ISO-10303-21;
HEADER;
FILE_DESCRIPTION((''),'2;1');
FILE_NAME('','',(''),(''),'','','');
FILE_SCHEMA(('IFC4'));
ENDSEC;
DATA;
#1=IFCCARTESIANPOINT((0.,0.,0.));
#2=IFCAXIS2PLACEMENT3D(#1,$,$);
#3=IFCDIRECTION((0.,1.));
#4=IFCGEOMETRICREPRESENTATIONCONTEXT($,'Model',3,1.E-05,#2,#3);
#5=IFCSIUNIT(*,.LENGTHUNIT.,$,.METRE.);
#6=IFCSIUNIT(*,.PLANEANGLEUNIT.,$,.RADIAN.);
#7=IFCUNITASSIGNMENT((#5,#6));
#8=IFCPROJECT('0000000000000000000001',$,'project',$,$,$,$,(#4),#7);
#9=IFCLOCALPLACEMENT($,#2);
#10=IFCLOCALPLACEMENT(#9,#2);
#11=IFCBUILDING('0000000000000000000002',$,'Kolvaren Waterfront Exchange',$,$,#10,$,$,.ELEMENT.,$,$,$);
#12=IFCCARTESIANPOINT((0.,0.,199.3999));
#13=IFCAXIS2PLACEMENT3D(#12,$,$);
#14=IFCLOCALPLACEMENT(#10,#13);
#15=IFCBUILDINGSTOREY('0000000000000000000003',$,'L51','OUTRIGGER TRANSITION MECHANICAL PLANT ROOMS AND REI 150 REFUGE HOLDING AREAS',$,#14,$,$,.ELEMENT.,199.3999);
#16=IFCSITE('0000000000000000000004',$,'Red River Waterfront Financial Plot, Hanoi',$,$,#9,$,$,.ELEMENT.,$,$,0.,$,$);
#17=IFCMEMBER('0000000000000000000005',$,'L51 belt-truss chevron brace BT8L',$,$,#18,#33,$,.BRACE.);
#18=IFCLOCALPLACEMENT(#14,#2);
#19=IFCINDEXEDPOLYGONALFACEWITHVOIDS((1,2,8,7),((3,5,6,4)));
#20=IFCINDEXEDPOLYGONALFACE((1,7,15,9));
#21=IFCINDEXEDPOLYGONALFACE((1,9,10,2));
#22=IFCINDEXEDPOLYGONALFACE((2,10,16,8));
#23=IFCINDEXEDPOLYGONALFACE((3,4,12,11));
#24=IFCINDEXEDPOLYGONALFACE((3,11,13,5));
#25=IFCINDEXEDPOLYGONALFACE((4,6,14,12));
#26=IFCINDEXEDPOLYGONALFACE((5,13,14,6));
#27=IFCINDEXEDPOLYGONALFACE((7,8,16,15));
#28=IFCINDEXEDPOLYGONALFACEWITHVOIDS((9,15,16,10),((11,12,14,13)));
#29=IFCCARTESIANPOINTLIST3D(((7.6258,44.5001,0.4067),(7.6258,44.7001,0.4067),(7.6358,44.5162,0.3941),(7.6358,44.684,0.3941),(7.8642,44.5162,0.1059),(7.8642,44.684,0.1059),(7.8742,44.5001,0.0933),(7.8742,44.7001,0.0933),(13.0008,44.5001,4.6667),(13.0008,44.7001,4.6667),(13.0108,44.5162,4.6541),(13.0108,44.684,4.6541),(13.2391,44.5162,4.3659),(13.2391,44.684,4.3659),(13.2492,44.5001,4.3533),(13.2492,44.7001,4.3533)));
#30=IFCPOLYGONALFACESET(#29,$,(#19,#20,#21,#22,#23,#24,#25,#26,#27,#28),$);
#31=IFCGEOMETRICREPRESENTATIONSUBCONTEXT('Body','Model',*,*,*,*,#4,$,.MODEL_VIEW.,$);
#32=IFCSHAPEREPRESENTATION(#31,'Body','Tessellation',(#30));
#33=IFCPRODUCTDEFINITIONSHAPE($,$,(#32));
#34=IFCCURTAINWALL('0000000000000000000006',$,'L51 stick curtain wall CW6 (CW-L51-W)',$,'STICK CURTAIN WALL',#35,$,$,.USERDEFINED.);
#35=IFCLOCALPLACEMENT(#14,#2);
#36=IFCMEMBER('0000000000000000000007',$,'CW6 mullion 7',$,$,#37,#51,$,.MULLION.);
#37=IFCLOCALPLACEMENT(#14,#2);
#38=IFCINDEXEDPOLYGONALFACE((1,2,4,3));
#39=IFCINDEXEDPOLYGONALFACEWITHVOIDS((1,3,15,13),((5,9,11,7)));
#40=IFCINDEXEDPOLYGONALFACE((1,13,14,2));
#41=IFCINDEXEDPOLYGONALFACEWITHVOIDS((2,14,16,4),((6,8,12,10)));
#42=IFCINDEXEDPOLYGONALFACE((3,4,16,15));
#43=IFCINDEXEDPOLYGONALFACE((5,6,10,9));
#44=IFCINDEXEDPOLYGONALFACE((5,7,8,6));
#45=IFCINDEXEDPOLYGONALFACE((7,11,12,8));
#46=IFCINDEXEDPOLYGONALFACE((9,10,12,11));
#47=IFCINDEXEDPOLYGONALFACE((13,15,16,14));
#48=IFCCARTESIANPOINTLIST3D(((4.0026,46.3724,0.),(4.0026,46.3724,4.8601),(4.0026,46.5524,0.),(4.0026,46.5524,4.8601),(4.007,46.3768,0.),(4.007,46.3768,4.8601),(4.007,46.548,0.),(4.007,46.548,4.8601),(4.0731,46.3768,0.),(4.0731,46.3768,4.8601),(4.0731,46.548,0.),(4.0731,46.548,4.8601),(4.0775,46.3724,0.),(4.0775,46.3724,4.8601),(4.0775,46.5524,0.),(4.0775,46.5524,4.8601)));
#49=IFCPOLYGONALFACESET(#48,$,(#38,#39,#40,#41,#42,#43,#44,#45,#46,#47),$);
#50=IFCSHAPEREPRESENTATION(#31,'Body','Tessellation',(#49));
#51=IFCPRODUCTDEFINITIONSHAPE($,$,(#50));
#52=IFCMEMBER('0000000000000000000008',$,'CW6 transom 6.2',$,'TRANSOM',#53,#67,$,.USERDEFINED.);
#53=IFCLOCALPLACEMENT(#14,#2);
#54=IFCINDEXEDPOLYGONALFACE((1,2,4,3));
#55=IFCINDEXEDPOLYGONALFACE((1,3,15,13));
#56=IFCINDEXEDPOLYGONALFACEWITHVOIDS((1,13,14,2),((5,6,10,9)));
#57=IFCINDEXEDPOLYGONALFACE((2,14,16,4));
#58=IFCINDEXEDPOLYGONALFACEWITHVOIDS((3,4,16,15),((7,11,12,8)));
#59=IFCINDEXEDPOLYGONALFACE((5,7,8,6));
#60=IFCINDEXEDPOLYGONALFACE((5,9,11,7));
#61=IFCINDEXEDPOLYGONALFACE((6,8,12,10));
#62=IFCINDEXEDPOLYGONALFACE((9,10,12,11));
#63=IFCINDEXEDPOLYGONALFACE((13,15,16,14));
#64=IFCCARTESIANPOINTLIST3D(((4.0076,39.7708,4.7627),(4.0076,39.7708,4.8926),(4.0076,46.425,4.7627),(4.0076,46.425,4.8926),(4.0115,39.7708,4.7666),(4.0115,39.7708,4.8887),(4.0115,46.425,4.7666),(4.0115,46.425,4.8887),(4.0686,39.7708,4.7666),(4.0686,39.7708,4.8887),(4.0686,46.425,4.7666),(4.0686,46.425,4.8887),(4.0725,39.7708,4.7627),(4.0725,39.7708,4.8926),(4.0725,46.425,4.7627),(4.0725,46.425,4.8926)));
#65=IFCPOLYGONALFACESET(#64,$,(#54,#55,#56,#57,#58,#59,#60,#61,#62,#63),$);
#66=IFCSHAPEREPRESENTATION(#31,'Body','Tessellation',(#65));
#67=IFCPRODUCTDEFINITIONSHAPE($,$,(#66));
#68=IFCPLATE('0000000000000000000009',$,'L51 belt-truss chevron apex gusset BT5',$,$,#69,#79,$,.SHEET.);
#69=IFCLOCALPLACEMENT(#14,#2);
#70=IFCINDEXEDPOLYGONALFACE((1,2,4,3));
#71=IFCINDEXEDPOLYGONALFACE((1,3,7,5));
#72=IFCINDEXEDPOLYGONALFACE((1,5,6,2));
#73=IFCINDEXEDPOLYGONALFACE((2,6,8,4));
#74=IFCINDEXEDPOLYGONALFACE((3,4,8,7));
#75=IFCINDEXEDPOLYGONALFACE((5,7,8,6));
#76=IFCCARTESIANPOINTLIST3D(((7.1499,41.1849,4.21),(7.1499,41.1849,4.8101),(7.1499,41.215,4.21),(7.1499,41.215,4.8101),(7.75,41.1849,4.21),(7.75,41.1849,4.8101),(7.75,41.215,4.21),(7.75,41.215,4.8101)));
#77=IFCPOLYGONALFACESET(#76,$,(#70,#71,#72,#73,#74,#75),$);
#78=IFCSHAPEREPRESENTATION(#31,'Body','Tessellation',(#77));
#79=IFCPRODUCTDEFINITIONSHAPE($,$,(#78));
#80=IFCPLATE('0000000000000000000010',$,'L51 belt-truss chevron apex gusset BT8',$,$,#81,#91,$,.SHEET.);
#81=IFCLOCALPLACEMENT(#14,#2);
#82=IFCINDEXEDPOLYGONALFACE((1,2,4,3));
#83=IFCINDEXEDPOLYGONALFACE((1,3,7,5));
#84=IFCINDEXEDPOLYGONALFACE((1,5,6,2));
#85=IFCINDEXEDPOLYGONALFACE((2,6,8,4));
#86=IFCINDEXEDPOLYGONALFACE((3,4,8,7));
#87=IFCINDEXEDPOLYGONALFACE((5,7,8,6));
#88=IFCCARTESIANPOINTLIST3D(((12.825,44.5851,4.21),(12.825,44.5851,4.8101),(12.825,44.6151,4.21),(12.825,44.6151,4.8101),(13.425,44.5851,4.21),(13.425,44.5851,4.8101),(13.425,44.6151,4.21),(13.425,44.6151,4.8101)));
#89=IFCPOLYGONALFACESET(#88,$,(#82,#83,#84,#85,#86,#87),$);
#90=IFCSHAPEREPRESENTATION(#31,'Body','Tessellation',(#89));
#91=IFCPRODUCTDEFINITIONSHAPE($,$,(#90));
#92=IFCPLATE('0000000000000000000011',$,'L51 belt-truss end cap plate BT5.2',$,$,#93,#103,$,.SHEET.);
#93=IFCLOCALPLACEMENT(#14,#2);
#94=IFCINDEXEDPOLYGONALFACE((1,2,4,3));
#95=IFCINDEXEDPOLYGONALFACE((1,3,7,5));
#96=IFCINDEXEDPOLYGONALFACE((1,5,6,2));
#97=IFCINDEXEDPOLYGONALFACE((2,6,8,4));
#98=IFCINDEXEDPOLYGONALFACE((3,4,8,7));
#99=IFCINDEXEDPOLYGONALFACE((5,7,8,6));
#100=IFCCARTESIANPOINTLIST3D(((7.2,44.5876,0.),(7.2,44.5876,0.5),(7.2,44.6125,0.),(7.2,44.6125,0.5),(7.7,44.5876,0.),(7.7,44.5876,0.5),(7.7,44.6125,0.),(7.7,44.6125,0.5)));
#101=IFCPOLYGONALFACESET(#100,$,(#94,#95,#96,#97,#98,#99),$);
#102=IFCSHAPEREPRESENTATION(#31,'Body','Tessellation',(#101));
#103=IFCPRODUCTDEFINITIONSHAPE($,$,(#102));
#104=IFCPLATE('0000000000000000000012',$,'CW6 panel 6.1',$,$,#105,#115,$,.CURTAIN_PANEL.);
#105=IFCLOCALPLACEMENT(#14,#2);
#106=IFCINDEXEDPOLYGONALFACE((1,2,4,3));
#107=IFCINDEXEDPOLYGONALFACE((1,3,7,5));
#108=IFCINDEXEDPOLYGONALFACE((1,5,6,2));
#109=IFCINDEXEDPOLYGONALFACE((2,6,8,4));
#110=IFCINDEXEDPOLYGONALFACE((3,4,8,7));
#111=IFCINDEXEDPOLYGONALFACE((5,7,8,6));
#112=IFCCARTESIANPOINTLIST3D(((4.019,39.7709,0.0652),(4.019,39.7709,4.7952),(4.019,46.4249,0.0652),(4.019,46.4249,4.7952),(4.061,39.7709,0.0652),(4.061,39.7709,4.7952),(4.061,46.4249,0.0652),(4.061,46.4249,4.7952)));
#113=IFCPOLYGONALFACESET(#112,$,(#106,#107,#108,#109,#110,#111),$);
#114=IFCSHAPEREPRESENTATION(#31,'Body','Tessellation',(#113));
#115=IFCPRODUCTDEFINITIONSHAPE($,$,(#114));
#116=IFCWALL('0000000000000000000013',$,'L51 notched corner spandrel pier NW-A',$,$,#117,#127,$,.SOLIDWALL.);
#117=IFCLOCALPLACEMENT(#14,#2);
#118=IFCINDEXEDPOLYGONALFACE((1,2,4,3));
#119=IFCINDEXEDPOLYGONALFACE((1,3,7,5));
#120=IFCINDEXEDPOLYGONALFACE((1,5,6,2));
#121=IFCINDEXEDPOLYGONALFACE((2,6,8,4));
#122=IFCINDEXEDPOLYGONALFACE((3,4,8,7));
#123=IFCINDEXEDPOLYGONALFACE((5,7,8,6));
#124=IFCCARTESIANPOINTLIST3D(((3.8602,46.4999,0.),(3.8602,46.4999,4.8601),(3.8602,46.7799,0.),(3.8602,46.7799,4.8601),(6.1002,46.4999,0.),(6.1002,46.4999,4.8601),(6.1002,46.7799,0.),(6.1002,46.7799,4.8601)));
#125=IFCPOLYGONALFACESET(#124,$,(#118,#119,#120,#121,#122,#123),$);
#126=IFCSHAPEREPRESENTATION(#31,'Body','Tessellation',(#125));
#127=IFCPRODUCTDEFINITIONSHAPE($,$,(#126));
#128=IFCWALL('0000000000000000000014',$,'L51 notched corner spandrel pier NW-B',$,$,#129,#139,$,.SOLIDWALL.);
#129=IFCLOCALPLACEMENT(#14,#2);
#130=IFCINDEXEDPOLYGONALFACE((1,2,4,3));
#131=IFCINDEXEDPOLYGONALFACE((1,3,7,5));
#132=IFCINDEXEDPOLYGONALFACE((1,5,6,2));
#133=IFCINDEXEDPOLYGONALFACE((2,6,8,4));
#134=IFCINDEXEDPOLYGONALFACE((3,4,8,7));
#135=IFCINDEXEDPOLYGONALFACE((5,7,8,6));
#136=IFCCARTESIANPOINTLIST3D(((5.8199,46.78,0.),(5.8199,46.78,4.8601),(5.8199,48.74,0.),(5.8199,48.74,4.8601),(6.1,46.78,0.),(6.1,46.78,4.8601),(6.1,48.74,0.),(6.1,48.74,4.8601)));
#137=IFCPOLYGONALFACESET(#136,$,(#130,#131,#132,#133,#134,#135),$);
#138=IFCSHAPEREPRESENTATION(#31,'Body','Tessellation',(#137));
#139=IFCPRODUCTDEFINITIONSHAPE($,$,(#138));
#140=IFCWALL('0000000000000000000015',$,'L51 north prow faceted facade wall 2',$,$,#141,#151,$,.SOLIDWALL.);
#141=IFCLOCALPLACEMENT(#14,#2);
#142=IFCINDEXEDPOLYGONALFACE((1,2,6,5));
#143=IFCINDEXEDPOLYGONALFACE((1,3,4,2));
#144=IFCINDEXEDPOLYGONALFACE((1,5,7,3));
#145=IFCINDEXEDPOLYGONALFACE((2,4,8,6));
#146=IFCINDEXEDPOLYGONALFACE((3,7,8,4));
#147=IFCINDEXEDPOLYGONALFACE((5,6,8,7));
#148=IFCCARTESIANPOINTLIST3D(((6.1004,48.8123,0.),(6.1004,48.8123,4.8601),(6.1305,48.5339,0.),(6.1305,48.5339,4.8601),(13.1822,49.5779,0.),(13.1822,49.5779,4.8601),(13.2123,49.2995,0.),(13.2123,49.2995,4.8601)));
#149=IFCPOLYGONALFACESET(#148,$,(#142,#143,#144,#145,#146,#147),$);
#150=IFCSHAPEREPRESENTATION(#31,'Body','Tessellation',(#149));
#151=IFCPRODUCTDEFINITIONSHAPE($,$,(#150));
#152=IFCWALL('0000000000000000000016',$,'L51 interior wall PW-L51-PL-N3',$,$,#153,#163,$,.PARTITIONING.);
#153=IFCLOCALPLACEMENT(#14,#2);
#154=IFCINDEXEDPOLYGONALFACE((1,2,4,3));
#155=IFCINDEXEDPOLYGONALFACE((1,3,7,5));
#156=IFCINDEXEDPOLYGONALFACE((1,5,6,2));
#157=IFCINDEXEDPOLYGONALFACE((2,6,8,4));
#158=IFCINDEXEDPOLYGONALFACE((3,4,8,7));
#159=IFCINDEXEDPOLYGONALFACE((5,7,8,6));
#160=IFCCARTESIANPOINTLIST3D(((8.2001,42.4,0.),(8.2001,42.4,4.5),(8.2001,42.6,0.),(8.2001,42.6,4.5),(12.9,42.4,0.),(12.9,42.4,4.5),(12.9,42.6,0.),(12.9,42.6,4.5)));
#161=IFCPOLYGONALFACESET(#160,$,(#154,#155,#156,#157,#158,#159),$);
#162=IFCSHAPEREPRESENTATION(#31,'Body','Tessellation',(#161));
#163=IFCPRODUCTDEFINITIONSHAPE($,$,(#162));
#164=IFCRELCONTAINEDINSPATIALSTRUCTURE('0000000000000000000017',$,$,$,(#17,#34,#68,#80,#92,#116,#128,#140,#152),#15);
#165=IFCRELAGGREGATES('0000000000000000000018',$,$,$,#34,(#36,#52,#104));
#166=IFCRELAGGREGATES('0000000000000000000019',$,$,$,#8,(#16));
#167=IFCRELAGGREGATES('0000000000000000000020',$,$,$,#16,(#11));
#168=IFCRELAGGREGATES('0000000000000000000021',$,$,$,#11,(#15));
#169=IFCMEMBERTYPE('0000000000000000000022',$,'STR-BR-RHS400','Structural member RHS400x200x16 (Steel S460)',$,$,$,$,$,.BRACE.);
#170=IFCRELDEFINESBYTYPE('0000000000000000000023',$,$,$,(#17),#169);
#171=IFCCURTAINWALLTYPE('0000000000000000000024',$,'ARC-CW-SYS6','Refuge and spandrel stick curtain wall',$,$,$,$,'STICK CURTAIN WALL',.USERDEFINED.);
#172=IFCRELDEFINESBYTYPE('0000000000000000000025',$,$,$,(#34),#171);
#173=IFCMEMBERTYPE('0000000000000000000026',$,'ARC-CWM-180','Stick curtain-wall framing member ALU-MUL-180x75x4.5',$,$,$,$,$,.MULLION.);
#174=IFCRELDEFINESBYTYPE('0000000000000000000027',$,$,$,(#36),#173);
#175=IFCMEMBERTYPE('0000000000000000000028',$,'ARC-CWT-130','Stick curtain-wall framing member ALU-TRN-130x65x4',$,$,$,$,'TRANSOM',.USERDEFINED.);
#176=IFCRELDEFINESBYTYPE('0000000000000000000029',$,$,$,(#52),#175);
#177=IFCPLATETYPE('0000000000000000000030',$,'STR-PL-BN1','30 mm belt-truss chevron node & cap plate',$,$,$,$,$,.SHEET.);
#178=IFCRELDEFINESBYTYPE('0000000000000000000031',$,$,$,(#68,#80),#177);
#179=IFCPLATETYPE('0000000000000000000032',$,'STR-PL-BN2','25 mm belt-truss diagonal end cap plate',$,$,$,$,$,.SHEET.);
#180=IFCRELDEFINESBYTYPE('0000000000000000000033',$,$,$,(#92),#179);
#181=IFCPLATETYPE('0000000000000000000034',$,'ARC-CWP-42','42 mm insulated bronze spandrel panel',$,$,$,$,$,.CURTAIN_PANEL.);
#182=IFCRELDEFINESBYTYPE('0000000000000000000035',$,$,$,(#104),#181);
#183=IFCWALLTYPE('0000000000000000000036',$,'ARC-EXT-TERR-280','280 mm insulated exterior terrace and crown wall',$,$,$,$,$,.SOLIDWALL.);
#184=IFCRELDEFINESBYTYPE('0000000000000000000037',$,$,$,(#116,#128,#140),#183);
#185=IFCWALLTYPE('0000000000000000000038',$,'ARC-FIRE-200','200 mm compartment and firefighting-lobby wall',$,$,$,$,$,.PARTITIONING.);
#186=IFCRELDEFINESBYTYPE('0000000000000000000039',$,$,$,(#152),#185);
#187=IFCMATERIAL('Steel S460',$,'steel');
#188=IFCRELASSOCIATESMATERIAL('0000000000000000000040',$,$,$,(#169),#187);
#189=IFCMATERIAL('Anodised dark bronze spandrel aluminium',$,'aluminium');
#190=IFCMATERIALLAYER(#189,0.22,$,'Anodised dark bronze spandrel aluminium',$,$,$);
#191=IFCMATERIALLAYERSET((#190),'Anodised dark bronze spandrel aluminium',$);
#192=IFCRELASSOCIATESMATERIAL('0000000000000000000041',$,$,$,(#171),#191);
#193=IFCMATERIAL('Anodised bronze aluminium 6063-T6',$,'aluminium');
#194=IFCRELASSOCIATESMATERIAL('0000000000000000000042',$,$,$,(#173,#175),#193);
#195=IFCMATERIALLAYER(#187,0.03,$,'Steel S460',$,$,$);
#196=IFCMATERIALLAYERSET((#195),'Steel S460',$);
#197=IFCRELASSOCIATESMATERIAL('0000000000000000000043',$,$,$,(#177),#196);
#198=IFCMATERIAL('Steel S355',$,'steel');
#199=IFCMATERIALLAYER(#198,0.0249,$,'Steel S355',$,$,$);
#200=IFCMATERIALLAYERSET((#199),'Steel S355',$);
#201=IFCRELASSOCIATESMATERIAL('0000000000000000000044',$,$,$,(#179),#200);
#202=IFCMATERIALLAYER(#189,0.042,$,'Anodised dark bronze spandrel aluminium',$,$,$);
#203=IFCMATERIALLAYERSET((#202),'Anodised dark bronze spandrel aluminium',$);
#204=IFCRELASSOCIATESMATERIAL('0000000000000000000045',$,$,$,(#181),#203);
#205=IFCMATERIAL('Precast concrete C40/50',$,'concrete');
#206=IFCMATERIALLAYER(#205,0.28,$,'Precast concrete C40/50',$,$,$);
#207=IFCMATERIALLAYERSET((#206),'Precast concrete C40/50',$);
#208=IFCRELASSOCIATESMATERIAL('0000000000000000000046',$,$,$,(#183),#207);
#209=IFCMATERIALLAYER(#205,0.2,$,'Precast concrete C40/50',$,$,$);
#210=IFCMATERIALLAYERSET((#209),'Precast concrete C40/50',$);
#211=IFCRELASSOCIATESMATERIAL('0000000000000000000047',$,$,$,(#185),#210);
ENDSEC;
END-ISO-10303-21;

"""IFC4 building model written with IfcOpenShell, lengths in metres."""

from ifc_helpers import new_model, si_unit, direction, frame, frame_2d, origin, origin_with_axes, origin_2d, place, context, subcontext, project, spatial, rectangle, hollow_rectangle, extrude, source, transform, mapped, material, layer, layer_set, material_profile, profile_set, type_object, element, aggregate, save


model = new_model("IFC4")

# Units and contexts
model_context = context("Model", 3, precision=1e-05, world=origin(), true_north=direction((0.0, 1.0)))
body_context = subcontext(model_context, "Body", "Model", "MODEL_VIEW")
ifc_project = project(units=[si_unit("LENGTHUNIT", "METRE"), si_unit("PLANEANGLEUNIT", "RADIAN")], contexts=[model_context])

# Site, building, storey
site_placement = place(None, origin())
site = spatial("IfcSite", under=ifc_project, at=site_placement, Name="Red River Waterfront Financial Plot, Hanoi", CompositionType="ELEMENT", RefElevation=0.0)
building_placement = place(site_placement, origin())
building = spatial("IfcBuilding", under=site, at=building_placement, Name="Kolvaren Waterfront Exchange", CompositionType="ELEMENT")
storey_placement = place(building_placement, frame((0.0, 0.0, 199.3999)))
storey = spatial("IfcBuildingStorey", under=building, at=storey_placement, Name="L51", Description="OUTRIGGER TRANSITION MECHANICAL PLANT ROOMS AND REI 150 REFUGE HOLDING AREAS", CompositionType="ELEMENT", Elevation=199.3999)

# Shared definitions
ifc_material_1 = material(Name="Steel S355", Category="steel")

# Member
ifc_material_2 = material(Name="Steel S460", Category="steel")
ifc_material_profile_1 = material_profile(ifc_material_2, hollow_rectangle(XDim=0.2, YDim=0.3999, WallThickness=0.0161, at=origin_2d()), Name="RHS400x200x16")
ifc_profile_set_1 = profile_set([ifc_material_profile_1], Name="Steel S460")
member_type_1 = type_object("IfcMemberType", Name="STR-BR-RHS400", Description="Structural member RHS400x200x16 (Steel S460)", PredefinedType="BRACE", material=ifc_profile_set_1)
member_1_placement = place(storey_placement, frame((7.75, 44.6001, 0.25), z_axis=(0.783705, 0.0, 0.621133), x_axis=(0.0, 1.0, 0.0)))
element("IfcMember", 1, at=member_1_placement, inside=storey, type_object=member_type_1, Name="L51 belt-truss chevron brace BT8L", PredefinedType="BRACE", context=body_context, shape_type="SweptSolid", body=[
    extrude(hollow_rectangle(XDim=0.2, YDim=0.3999, WallThickness=0.0161, at=origin_2d()), origin(), (0.0, 0.0, 1.0), 6.8584),
])

# Curtain wall, members
ifc_material_3 = material(Name="Anodised dark bronze spandrel aluminium", Category="aluminium")
ifc_layer_1 = layer(ifc_material_3, 0.22, Name="Anodised dark bronze spandrel aluminium")
ifc_layer_set_1 = layer_set([ifc_layer_1], Name="Anodised dark bronze spandrel aluminium")
curtain_wall_type = type_object("IfcCurtainWallType", Name="ARC-CW-SYS6", Description="Refuge and spandrel stick curtain wall", ElementType="STICK CURTAIN WALL", PredefinedType="USERDEFINED", material=ifc_layer_set_1)
curtain_wall_placement = place(storey_placement, origin())
curtain_wall = element("IfcCurtainWall", 2, at=curtain_wall_placement, inside=storey, type_object=curtain_wall_type, Name="L51 stick curtain wall CW6 (CW-L51-W)", ObjectType="STICK CURTAIN WALL", PredefinedType="USERDEFINED")
ifc_material_4 = material(Name="Anodised bronze aluminium 6063-T6", Category="aluminium")
ifc_material_profile_2 = material_profile(ifc_material_4, hollow_rectangle(XDim=0.075, YDim=0.1799, WallThickness=0.0044, at=origin_2d()), Name="ALU-MUL-180x75x4.5")
ifc_profile_set_2 = profile_set([ifc_material_profile_2], Name="Anodised bronze aluminium 6063-T6")
member_type_2 = type_object("IfcMemberType", Name="ARC-CWM-180", Description="Stick curtain-wall framing member ALU-MUL-180x75x4.5", PredefinedType="MULLION", material=ifc_profile_set_2)
shared_shape_1 = source(origin_with_axes(), body_context, "Body", "SweptSolid", [
    extrude(hollow_rectangle(XDim=0.075, YDim=0.1799, WallThickness=0.0044, at=origin_2d()), origin(), (0.0, 0.0, 1.0), 4.8601),
])
member_2_placement = place(storey_placement, frame((4.04, 46.4624, 0.0), z_axis=(0.0, 0.0, 1.0), x_axis=(-1.0, 0.0, 0.0)))
member_2 = element("IfcMember", 3, at=member_2_placement, type_object=member_type_2, Name="CW6 mullion 7", PredefinedType="MULLION", context=body_context, shape_type="MappedRepresentation", body=[
    mapped(shared_shape_1, transform((0.0, 0.0, 0.0), x_axis=(1.0, 0.0, 0.0), y_axis=(0.0, 1.0, 0.0), z_axis=(0.0, 0.0, 1.0), scale=1.0)),
])
ifc_material_profile_3 = material_profile(ifc_material_4, hollow_rectangle(XDim=0.0649, YDim=0.1299, WallThickness=0.0039, at=origin_2d()), Name="ALU-TRN-130x65x4")
ifc_profile_set_3 = profile_set([ifc_material_profile_3], Name="Anodised bronze aluminium 6063-T6")
member_type_3 = type_object("IfcMemberType", Name="ARC-CWT-130", Description="Stick curtain-wall framing member ALU-TRN-130x65x4", ElementType="TRANSOM", PredefinedType="USERDEFINED", material=ifc_profile_set_3)
shared_shape_2 = source(origin_with_axes(), body_context, "Body", "SweptSolid", [
    extrude(hollow_rectangle(XDim=0.0649, YDim=0.1299, WallThickness=0.0039, at=origin_2d()), origin(), (0.0, 0.0, 1.0), 6.6543),
])
member_3_placement = place(storey_placement, frame((4.04, 39.7708, 4.8276), z_axis=(0.0, 1.0, 0.0), x_axis=(-1.0, 0.0, 0.0)))
member_3 = element("IfcMember", 4, at=member_3_placement, type_object=member_type_3, Name="CW6 transom 6.2", ObjectType="TRANSOM", PredefinedType="USERDEFINED", context=body_context, shape_type="MappedRepresentation", body=[
    mapped(shared_shape_2, transform((0.0, 0.0, 0.0), x_axis=(1.0, 0.0, 0.0), y_axis=(0.0, 1.0, 0.0), z_axis=(0.0, 0.0, 1.0), scale=1.0)),
])

# Plates
ifc_layer_2 = layer(ifc_material_2, 0.03, Name="Steel S460")
ifc_layer_set_2 = layer_set([ifc_layer_2], Name="Steel S460")
plate_type_1 = type_object("IfcPlateType", Name="STR-PL-BN1", Description="30 mm belt-truss chevron node & cap plate", PredefinedType="SHEET", material=ifc_layer_set_2)
shared_shape_3 = source(origin_with_axes(), body_context, "Body", "SweptSolid", [
    extrude(rectangle(XDim=0.6001, YDim=0.03, at=origin_2d()), origin(), (0.0, 0.0, 1.0), 0.6001),
])
for number, where, z_axis, x_axis, name in (
    (5, (7.45, 41.2, 4.21), (0.0, 0.0, 1.0), (1.0, 0.0, 0.0), "L51 belt-truss chevron apex gusset BT5"),
    (6, (13.125, 44.6001, 4.21), (0.0, 0.0, 1.0), (1.0, 0.0, 0.0), "L51 belt-truss chevron apex gusset BT8"),
):
    element("IfcPlate", number, at=place(storey_placement, frame(where, z_axis=z_axis, x_axis=x_axis)), inside=storey, type_object=plate_type_1, Name=name, PredefinedType="SHEET", context=body_context, shape_type="MappedRepresentation", body=[
        mapped(shared_shape_3, transform((0.0, 0.0, 0.0), x_axis=(1.0, 0.0, 0.0), y_axis=(0.0, 1.0, 0.0), z_axis=(0.0, 0.0, 1.0), scale=1.0)),
    ])
ifc_layer_3 = layer(ifc_material_1, 0.0249, Name="Steel S355")
ifc_layer_set_3 = layer_set([ifc_layer_3], Name="Steel S355")
plate_type_2 = type_object("IfcPlateType", Name="STR-PL-BN2", Description="25 mm belt-truss diagonal end cap plate", PredefinedType="SHEET", material=ifc_layer_set_3)
shared_shape_4 = source(origin_with_axes(), body_context, "Body", "SweptSolid", [
    extrude(rectangle(XDim=0.5, YDim=0.0249, at=origin_2d()), origin(), (0.0, 0.0, 1.0), 0.5),
])
plate_1_placement = place(storey_placement, frame((7.45, 44.6001, 0.0), z_axis=(0.0, 0.0, 1.0), x_axis=(1.0, 0.0, 0.0)))
element("IfcPlate", 7, at=plate_1_placement, inside=storey, type_object=plate_type_2, Name="L51 belt-truss end cap plate BT5.2", PredefinedType="SHEET", context=body_context, shape_type="MappedRepresentation", body=[
    mapped(shared_shape_4, transform((0.0, 0.0, 0.0), x_axis=(1.0, 0.0, 0.0), y_axis=(0.0, 1.0, 0.0), z_axis=(0.0, 0.0, 1.0), scale=1.0)),
])

# Plate
ifc_layer_4 = layer(ifc_material_3, 0.042, Name="Anodised dark bronze spandrel aluminium")
ifc_layer_set_4 = layer_set([ifc_layer_4], Name="Anodised dark bronze spandrel aluminium")
plate_type_3 = type_object("IfcPlateType", Name="ARC-CWP-42", Description="42 mm insulated bronze spandrel panel", PredefinedType="CURTAIN_PANEL", material=ifc_layer_set_4)
shared_shape_5 = source(origin_with_axes(), body_context, "Body", "SweptSolid", [
    extrude(rectangle(XDim=6.6541, YDim=0.042, at=origin_2d()), origin(), (0.0, 0.0, 1.0), 4.73),
])
plate_2_placement = place(storey_placement, frame((4.04, 43.0979, 0.0652), z_axis=(0.0, 0.0, 1.0), x_axis=(0.0, 1.0, 0.0)))
plate_2 = element("IfcPlate", 8, at=plate_2_placement, type_object=plate_type_3, Name="CW6 panel 6.1", PredefinedType="CURTAIN_PANEL", context=body_context, shape_type="MappedRepresentation", body=[
    mapped(shared_shape_5, transform((0.0, 0.0, 0.0), x_axis=(1.0, 0.0, 0.0), y_axis=(0.0, 1.0, 0.0), z_axis=(0.0, 0.0, 1.0), scale=1.0)),
])
aggregate(curtain_wall, [member_2, member_3, plate_2])

# Walls
ifc_material_5 = material(Name="Precast concrete C40/50", Category="concrete")
ifc_layer_5 = layer(ifc_material_5, 0.28, Name="Precast concrete C40/50")
ifc_layer_set_5 = layer_set([ifc_layer_5], Name="Precast concrete C40/50")
wall_type_1 = type_object("IfcWallType", Name="ARC-EXT-TERR-280", Description="280 mm insulated exterior terrace and crown wall", PredefinedType="SOLIDWALL", material=ifc_layer_set_5)
wall_1_placement = place(storey_placement, frame((3.8601, 46.6399, 0.0), z_axis=(0.0, 0.0, 1.0), x_axis=(1.0, 0.0, 0.0)))
element("IfcWall", 9, at=wall_1_placement, inside=storey, type_object=wall_type_1, Name="L51 notched corner spandrel pier NW-A", PredefinedType="SOLIDWALL", context=body_context, shape_type="SweptSolid", body=[
    extrude(rectangle(XDim=2.24, YDim=0.28, at=frame_2d((1.1201, 0.0))), origin(), (0.0, 0.0, 1.0), 4.8601),
])
wall_2_placement = place(storey_placement, frame((5.96, 46.78, 0.0), z_axis=(0.0, 0.0, 1.0), x_axis=(0.0, 1.0, 0.0)))
element("IfcWall", 10, at=wall_2_placement, inside=storey, type_object=wall_type_1, Name="L51 notched corner spandrel pier NW-B", PredefinedType="SOLIDWALL", context=body_context, shape_type="SweptSolid", body=[
    extrude(rectangle(XDim=1.96, YDim=0.28, at=frame_2d((0.98, 0.0))), origin(), (0.0, 0.0, 1.0), 4.8601),
])
wall_3_placement = place(storey_placement, frame((13.1973, 49.4387, 0.0), z_axis=(0.0, 0.0, 1.0), x_axis=(-0.994207, -0.107486, 0.0)))
element("IfcWall", 11, at=wall_3_placement, inside=storey, type_object=wall_type_1, Name="L51 north prow faceted facade wall 2", PredefinedType="SOLIDWALL", context=body_context, shape_type="SweptSolid", body=[
    extrude(rectangle(XDim=7.123, YDim=0.28, at=frame_2d((3.5615, 0.0))), origin(), (0.0, 0.0, 1.0), 4.8601),
])
ifc_layer_6 = layer(ifc_material_5, 0.2, Name="Precast concrete C40/50")
ifc_layer_set_6 = layer_set([ifc_layer_6], Name="Precast concrete C40/50")
wall_type_2 = type_object("IfcWallType", Name="ARC-FIRE-200", Description="200 mm compartment and firefighting-lobby wall", PredefinedType="PARTITIONING", material=ifc_layer_set_6)
wall_4_placement = place(storey_placement, frame((8.2, 42.5, 0.0), z_axis=(0.0, 0.0, 1.0), x_axis=(1.0, 0.0, 0.0)))
element("IfcWall", 12, at=wall_4_placement, inside=storey, type_object=wall_type_2, Name="L51 interior wall PW-L51-PL-N3", PredefinedType="PARTITIONING", context=body_context, shape_type="SweptSolid", body=[
    extrude(rectangle(XDim=4.7, YDim=0.2, at=frame_2d((2.3501, 0.0))), origin(), (0.0, 0.0, 1.0), 4.5),
])

save(model, "model.ifc")
